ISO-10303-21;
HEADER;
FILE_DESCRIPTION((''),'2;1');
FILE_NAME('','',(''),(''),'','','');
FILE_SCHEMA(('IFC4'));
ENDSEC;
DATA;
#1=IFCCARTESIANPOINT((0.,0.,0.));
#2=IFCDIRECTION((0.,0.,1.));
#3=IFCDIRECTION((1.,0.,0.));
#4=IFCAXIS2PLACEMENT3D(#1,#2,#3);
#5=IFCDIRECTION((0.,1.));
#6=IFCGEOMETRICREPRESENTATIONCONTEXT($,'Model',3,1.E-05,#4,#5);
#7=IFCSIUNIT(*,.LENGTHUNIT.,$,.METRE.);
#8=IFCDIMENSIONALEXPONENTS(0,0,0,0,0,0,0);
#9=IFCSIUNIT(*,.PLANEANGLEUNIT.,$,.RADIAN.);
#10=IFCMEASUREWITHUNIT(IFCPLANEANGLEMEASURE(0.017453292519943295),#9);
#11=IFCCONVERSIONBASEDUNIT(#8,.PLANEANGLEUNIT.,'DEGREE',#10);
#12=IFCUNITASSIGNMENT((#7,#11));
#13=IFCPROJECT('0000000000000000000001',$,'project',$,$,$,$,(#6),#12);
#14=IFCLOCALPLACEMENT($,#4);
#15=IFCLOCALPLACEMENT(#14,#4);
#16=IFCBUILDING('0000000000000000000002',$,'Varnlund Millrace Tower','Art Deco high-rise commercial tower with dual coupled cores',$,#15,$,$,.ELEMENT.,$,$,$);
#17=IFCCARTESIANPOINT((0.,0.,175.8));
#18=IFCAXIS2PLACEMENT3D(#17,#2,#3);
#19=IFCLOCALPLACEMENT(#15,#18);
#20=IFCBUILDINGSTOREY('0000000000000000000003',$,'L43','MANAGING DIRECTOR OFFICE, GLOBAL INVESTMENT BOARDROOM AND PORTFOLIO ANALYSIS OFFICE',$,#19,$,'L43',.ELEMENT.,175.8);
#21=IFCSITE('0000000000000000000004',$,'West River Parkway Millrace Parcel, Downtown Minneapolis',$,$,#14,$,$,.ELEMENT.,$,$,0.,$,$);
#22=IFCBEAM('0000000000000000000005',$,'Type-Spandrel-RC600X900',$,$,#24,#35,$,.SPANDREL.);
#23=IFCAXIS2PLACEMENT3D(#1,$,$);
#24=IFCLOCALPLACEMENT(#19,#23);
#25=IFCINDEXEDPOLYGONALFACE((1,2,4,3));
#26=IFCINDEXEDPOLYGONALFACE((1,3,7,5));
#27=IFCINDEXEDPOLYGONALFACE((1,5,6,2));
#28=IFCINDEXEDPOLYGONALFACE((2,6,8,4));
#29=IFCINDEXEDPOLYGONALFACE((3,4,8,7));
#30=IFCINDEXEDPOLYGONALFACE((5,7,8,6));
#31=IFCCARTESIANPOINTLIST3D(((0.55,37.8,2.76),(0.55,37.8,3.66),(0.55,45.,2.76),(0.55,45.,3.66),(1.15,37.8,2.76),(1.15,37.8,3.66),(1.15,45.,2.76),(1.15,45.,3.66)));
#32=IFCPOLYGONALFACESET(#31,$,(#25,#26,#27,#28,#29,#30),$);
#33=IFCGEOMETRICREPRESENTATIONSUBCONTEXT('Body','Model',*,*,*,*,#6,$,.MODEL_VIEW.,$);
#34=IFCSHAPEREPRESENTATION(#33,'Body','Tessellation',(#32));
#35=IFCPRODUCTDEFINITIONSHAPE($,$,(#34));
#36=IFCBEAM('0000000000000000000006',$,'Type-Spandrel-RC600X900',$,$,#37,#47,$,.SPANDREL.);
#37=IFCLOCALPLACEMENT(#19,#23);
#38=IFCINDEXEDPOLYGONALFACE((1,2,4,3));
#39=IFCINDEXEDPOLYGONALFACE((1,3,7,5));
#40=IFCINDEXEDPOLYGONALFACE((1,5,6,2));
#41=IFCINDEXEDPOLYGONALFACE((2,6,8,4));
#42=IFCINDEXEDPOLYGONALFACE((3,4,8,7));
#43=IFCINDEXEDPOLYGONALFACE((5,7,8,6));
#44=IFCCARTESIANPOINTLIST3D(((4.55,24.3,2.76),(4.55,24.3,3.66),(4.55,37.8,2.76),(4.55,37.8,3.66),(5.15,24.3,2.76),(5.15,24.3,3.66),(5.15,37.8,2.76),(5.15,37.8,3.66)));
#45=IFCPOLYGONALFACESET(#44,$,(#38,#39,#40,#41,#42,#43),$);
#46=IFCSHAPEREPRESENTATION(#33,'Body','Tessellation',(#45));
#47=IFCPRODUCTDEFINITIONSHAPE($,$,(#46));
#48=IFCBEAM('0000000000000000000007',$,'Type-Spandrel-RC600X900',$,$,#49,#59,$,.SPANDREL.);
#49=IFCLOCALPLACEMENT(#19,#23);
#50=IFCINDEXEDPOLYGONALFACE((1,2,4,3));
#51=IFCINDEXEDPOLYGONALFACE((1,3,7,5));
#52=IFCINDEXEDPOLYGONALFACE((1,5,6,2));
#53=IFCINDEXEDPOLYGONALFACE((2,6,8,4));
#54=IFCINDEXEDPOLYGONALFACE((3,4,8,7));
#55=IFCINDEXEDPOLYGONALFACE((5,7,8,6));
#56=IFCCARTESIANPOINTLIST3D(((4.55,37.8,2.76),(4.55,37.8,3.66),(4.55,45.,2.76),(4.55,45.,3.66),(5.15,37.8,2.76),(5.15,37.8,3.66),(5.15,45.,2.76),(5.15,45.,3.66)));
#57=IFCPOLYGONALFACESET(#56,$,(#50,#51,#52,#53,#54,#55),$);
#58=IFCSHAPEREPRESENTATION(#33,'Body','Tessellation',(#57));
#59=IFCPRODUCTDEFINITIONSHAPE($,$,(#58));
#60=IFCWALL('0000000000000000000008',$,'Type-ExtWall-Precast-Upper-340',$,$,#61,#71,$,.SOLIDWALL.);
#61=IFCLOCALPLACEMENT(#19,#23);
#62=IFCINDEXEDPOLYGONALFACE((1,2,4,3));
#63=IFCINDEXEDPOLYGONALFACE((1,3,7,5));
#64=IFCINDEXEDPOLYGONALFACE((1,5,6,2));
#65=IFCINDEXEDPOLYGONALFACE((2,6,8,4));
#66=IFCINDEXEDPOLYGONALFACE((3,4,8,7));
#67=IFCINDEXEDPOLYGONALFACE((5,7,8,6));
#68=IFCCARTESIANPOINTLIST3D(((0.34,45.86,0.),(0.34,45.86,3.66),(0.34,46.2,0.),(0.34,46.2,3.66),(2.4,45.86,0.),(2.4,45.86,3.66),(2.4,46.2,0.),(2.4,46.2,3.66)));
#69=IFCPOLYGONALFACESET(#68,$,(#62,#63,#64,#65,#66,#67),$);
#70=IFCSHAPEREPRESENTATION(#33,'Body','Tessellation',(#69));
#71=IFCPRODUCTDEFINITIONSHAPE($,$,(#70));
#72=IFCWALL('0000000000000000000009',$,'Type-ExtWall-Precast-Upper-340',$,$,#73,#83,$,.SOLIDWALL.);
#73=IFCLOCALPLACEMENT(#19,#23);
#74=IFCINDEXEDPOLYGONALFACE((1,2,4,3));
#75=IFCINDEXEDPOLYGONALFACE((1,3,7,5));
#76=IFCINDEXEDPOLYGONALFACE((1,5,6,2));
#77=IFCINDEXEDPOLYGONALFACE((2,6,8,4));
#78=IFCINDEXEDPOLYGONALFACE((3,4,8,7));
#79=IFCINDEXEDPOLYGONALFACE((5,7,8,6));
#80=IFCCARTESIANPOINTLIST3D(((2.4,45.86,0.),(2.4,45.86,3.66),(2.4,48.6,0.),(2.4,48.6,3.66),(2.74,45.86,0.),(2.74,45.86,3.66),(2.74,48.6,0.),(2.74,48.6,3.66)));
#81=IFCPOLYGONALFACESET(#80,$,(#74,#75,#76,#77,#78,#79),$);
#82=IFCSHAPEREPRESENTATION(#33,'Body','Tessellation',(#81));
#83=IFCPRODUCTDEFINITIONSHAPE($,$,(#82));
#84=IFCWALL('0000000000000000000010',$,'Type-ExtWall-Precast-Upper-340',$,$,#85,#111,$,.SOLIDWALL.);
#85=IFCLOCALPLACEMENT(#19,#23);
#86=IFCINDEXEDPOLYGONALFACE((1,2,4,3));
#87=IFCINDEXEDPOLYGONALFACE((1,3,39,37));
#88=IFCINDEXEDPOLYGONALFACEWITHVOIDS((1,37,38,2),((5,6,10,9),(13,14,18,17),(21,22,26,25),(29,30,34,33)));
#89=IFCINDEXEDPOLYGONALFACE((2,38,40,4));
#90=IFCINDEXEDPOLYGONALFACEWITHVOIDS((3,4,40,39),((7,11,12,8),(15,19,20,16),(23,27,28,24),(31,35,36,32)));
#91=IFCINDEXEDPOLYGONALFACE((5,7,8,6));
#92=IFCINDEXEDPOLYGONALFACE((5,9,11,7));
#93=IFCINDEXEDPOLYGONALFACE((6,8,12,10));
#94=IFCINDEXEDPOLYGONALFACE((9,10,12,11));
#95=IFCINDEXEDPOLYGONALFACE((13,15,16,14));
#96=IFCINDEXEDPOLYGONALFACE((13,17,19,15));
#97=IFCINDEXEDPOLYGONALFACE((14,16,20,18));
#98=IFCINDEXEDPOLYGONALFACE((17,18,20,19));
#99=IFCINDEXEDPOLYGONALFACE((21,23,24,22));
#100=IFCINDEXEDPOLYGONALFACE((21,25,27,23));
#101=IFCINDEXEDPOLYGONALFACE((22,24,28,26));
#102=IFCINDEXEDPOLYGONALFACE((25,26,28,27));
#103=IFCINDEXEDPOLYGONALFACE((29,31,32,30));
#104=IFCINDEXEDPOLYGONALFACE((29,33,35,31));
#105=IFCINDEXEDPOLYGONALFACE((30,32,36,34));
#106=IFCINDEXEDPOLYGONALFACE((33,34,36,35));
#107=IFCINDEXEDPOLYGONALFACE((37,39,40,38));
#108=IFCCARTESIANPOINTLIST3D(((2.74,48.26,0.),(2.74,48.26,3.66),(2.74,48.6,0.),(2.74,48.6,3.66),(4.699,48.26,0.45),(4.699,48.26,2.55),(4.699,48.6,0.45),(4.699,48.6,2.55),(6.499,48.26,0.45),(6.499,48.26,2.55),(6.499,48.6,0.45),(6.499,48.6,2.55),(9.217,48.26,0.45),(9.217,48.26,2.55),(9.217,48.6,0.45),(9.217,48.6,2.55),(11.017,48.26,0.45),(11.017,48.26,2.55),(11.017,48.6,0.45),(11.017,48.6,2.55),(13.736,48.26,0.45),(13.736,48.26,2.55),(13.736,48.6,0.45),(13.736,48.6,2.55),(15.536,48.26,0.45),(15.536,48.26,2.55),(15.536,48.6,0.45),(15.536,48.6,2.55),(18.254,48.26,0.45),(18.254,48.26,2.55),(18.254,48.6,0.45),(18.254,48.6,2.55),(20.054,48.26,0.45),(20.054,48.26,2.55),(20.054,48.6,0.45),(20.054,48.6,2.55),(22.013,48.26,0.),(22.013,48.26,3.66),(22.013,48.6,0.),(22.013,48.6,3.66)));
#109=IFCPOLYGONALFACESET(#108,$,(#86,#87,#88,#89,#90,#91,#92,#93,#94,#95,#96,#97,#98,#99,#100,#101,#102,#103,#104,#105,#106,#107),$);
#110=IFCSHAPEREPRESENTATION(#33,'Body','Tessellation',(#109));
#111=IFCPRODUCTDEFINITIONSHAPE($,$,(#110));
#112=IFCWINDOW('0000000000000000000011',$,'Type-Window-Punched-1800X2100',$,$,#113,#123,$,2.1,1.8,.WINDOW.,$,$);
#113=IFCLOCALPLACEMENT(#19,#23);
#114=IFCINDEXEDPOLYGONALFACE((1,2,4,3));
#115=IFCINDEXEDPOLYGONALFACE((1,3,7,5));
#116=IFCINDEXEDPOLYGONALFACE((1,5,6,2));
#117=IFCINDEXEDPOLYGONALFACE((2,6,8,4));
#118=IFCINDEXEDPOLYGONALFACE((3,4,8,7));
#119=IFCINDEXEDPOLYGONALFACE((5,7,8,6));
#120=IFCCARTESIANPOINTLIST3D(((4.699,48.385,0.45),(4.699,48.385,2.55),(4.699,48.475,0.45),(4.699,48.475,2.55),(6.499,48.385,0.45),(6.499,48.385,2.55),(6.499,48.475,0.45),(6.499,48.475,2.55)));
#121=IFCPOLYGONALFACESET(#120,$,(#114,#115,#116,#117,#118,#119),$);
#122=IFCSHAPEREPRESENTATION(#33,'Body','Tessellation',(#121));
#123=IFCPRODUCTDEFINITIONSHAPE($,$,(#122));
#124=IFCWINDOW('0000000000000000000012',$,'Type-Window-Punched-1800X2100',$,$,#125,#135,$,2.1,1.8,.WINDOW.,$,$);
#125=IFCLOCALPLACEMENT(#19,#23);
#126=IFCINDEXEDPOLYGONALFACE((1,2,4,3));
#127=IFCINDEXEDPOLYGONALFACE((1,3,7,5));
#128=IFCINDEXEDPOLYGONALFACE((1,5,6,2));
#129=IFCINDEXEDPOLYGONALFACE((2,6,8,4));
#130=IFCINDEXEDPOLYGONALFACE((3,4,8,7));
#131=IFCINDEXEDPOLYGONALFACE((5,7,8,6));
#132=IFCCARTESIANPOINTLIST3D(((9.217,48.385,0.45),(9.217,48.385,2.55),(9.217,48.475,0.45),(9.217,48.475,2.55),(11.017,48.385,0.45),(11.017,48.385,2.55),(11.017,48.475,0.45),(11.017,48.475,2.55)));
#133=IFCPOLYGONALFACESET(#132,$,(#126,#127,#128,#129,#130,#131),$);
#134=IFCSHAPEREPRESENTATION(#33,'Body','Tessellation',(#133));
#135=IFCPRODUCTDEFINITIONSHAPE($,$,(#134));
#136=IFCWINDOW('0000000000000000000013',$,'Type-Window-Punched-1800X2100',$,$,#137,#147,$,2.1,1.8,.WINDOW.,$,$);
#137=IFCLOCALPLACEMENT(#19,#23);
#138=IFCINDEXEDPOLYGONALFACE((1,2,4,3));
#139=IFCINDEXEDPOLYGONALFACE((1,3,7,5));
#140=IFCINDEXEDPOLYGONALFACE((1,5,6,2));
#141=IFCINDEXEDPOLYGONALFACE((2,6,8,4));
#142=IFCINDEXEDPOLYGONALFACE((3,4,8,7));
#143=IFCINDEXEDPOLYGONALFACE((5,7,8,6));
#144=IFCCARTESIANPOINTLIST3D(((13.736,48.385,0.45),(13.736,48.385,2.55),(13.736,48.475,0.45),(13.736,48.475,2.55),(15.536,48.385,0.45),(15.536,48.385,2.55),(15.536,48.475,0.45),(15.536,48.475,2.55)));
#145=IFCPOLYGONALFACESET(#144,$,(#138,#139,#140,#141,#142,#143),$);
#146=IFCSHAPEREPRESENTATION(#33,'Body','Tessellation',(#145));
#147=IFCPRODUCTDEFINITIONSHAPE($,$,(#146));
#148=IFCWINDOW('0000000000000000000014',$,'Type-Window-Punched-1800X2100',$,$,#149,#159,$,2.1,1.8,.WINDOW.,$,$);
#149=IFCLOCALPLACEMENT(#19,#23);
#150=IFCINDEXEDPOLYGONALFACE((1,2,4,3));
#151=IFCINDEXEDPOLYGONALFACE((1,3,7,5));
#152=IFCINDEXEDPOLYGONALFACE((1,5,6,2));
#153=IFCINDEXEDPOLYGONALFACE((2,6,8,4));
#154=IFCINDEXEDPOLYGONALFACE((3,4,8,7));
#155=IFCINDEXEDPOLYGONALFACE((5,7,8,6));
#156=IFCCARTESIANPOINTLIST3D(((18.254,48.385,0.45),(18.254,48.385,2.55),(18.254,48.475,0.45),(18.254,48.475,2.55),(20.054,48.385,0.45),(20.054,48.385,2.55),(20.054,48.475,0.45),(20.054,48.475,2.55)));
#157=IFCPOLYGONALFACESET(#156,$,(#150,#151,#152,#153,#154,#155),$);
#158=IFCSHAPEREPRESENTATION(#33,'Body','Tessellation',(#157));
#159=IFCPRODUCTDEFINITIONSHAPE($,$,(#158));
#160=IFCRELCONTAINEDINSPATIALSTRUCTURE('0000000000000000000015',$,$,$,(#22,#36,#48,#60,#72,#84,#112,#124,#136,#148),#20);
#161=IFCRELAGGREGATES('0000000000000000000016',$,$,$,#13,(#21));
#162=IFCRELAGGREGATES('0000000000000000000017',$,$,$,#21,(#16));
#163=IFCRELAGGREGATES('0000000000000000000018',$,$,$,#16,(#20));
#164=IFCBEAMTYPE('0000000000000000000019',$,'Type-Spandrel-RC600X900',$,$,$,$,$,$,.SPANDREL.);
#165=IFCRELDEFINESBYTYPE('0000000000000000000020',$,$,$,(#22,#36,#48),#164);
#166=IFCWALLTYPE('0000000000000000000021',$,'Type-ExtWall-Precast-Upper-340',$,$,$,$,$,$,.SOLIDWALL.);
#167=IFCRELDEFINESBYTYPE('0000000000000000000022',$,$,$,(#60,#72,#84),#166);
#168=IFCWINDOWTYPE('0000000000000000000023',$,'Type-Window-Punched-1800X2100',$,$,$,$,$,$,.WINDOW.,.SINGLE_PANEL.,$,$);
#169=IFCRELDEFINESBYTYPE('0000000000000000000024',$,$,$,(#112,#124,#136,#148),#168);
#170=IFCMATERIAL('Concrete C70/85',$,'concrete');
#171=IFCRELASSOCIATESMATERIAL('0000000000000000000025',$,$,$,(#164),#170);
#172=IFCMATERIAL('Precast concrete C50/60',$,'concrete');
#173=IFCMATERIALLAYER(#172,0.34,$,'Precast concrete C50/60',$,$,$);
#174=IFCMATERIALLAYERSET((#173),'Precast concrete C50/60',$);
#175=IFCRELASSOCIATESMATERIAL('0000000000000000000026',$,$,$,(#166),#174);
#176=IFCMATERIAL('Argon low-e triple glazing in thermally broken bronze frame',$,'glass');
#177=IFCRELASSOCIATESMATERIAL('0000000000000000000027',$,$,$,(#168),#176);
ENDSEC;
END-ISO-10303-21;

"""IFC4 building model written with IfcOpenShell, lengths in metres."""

from ifc_helpers import new_model, entity, si_unit, converted_unit, direction, frame, origin_with_axes, origin_2d_with_axis, place, context, subcontext, project, spatial, polyline, rectangle, outline, extrude, material, layer, layer_set, material_profile, profile_set, type_object, element, fill, save


model = new_model("IFC4")

# Units and contexts
model_context = context("Model", 3, precision=1e-05, world=origin_with_axes(), true_north=direction((0.0, 1.0)))
body_context = subcontext(model_context, "Body", "Model", "MODEL_VIEW")
ifc_project = project(units=[si_unit("LENGTHUNIT", "METRE"), converted_unit("PLANEANGLEUNIT", "DEGREE", entity("IfcPlaneAngleMeasure", 0.017453292519943295), si_unit("PLANEANGLEUNIT", "RADIAN"), dimensions=[0, 0, 0, 0, 0, 0, 0])], contexts=[model_context])

# Site, building, storey
site_placement = place(None, origin_with_axes())
site = spatial("IfcSite", under=ifc_project, at=site_placement, Name="West River Parkway Millrace Parcel, Downtown Minneapolis", CompositionType="ELEMENT", RefElevation=0.0)
building_placement = place(site_placement, origin_with_axes())
building = spatial("IfcBuilding", under=site, at=building_placement, Name="Varnlund Millrace Tower", Description="Art Deco high-rise commercial tower with dual coupled cores", CompositionType="ELEMENT")
storey_placement = place(building_placement, frame((0.0, 0.0, 175.8), z_axis=(0.0, 0.0, 1.0), x_axis=(1.0, 0.0, 0.0)))
storey = spatial("IfcBuildingStorey", under=building, at=storey_placement, Name="L43", Description="MANAGING DIRECTOR OFFICE, GLOBAL INVESTMENT BOARDROOM AND PORTFOLIO ANALYSIS OFFICE", LongName="L43", CompositionType="ELEMENT", Elevation=175.8)

# Beams
ifc_material_1 = material(Name="Concrete C70/85", Category="concrete")
ifc_material_profile_1 = material_profile(ifc_material_1, rectangle(XDim=0.6, YDim=0.9, at=origin_2d_with_axis()), Name="Concrete C70/85")
ifc_profile_set_1 = profile_set([ifc_material_profile_1], Name="Concrete C70/85")
beam_type_1 = type_object("IfcBeamType", Name="Type-Spandrel-RC600X900", PredefinedType="SPANDREL", material=ifc_profile_set_1)
beam_1_placement = place(storey_placement, frame((0.85, 37.8, 3.21), z_axis=(0.0, 1.0, 0.0), x_axis=(-1.0, 0.0, 0.0)))
element("IfcBeam", 1, at=beam_1_placement, inside=storey, type_object=beam_type_1, Name="Type-Spandrel-RC600X900", PredefinedType="SPANDREL", context=body_context, shape_type="SweptSolid", body=[
    extrude(rectangle(XDim=0.6, YDim=0.9, at=origin_2d_with_axis()), origin_with_axes(), (0.0, 0.0, 1.0), 7.2),
])
beam_2_placement = place(storey_placement, frame((4.85, 24.3, 3.21), z_axis=(0.0, 1.0, 0.0), x_axis=(-1.0, 0.0, 0.0)))
element("IfcBeam", 2, at=beam_2_placement, inside=storey, type_object=beam_type_1, Name="Type-Spandrel-RC600X900", PredefinedType="SPANDREL", context=body_context, shape_type="SweptSolid", body=[
    extrude(rectangle(XDim=0.6, YDim=0.9, at=origin_2d_with_axis()), origin_with_axes(), (0.0, 0.0, 1.0), 13.5),
])
beam_3_placement = place(storey_placement, frame((4.85, 37.8, 3.21), z_axis=(0.0, 1.0, 0.0), x_axis=(-1.0, 0.0, 0.0)))
element("IfcBeam", 3, at=beam_3_placement, inside=storey, type_object=beam_type_1, Name="Type-Spandrel-RC600X900", PredefinedType="SPANDREL", context=body_context, shape_type="SweptSolid", body=[
    extrude(rectangle(XDim=0.6, YDim=0.9, at=origin_2d_with_axis()), origin_with_axes(), (0.0, 0.0, 1.0), 7.2),
])

# Walls
ifc_material_2 = material(Name="Precast concrete C50/60", Category="concrete")
ifc_layer = layer(ifc_material_2, 0.34, Name="Precast concrete C50/60")
ifc_layer_set = layer_set([ifc_layer], Name="Precast concrete C50/60")
wall_type = type_object("IfcWallType", Name="Type-ExtWall-Precast-Upper-340", PredefinedType="SOLIDWALL", material=ifc_layer_set)
wall_1_placement = place(storey_placement, frame((0.34, 46.03, 0.0), z_axis=(0.0, 0.0, 1.0), x_axis=(1.0, 0.0, 0.0)))
element("IfcWall", 4, at=wall_1_placement, inside=storey, type_object=wall_type, Name="Type-ExtWall-Precast-Upper-340", PredefinedType="SOLIDWALL", context=body_context, shape_type="SweptSolid", body=[
    extrude(outline(polyline([(0.0, -0.17), (2.06, -0.17), (2.06, 0.17), (0.0, 0.17), (0.0, -0.17)])), origin_with_axes(), (0.0, 0.0, 1.0), 3.66),
])
wall_2_placement = place(storey_placement, frame((2.57, 45.86, 0.0), z_axis=(0.0, 0.0, 1.0), x_axis=(0.0, 1.0, 0.0)))
element("IfcWall", 5, at=wall_2_placement, inside=storey, type_object=wall_type, Name="Type-ExtWall-Precast-Upper-340", PredefinedType="SOLIDWALL", context=body_context, shape_type="SweptSolid", body=[
    extrude(outline(polyline([(0.0, -0.17), (2.74, -0.17), (2.74, 0.17), (0.0, 0.17), (0.0, -0.17)])), origin_with_axes(), (0.0, 0.0, 1.0), 3.66),
])

# Wall, openings, windows
wall_3_placement = place(storey_placement, frame((2.74, 48.43, 0.0), z_axis=(0.0, 0.0, 1.0), x_axis=(1.0, 0.0, 0.0)))
wall_3 = element("IfcWall", 6, at=wall_3_placement, inside=storey, type_object=wall_type, Name="Type-ExtWall-Precast-Upper-340", PredefinedType="SOLIDWALL", context=body_context, shape_type="SweptSolid", body=[
    extrude(outline(polyline([(0.0, -0.17), (19.273, -0.17), (19.273, 0.17), (0.0, 0.17), (0.0, -0.17)])), origin_with_axes(), (0.0, 0.0, 1.0), 3.66),
])
opening_1_placement = place(wall_3_placement, frame((2.859, 0.0, 0.45), z_axis=(0.0, 0.0, 1.0), x_axis=(1.0, 0.0, 0.0)))
opening_1 = element("IfcOpeningElement", 7, at=opening_1_placement, cuts=wall_3, PredefinedType="OPENING", context=body_context, shape_type="SweptSolid", body=[
    extrude(rectangle(XDim=1.8, YDim=0.36, at=origin_2d_with_axis()), origin_with_axes(), (0.0, 0.0, 1.0), 2.1),
])
opening_2_placement = place(wall_3_placement, frame((7.377, 0.0, 0.45), z_axis=(0.0, 0.0, 1.0), x_axis=(1.0, 0.0, 0.0)))
opening_2 = element("IfcOpeningElement", 8, at=opening_2_placement, cuts=wall_3, PredefinedType="OPENING", context=body_context, shape_type="SweptSolid", body=[
    extrude(rectangle(XDim=1.8, YDim=0.36, at=origin_2d_with_axis()), origin_with_axes(), (0.0, 0.0, 1.0), 2.1),
])
opening_3_placement = place(wall_3_placement, frame((11.896, 0.0, 0.45), z_axis=(0.0, 0.0, 1.0), x_axis=(1.0, 0.0, 0.0)))
opening_3 = element("IfcOpeningElement", 9, at=opening_3_placement, cuts=wall_3, PredefinedType="OPENING", context=body_context, shape_type="SweptSolid", body=[
    extrude(rectangle(XDim=1.8, YDim=0.36, at=origin_2d_with_axis()), origin_with_axes(), (0.0, 0.0, 1.0), 2.1),
])
opening_4_placement = place(wall_3_placement, frame((16.414, 0.0, 0.45), z_axis=(0.0, 0.0, 1.0), x_axis=(1.0, 0.0, 0.0)))
opening_4 = element("IfcOpeningElement", 10, at=opening_4_placement, cuts=wall_3, PredefinedType="OPENING", context=body_context, shape_type="SweptSolid", body=[
    extrude(rectangle(XDim=1.8, YDim=0.36, at=origin_2d_with_axis()), origin_with_axes(), (0.0, 0.0, 1.0), 2.1),
])
ifc_material_3 = material(Name="Argon low-e triple glazing in thermally broken bronze frame", Category="glass")
window_type = type_object("IfcWindowType", Name="Type-Window-Punched-1800X2100", PartitioningType="SINGLE_PANEL", PredefinedType="WINDOW", material=ifc_material_3)
window_1_placement = place(wall_3_placement, frame((2.859, 0.0, 0.45), z_axis=(0.0, 0.0, 1.0), x_axis=(1.0, 0.0, 0.0)))
window_1 = element("IfcWindow", 11, at=window_1_placement, inside=storey, type_object=window_type, Name="Type-Window-Punched-1800X2100", OverallHeight=2.1, OverallWidth=1.8, PredefinedType="WINDOW", context=body_context, shape_type="SweptSolid", body=[
    extrude(rectangle(XDim=1.8, YDim=0.09, at=origin_2d_with_axis()), origin_with_axes(), (0.0, 0.0, 1.0), 2.1),
])
fill(opening_1, window_1)
window_2_placement = place(wall_3_placement, frame((7.377, 0.0, 0.45), z_axis=(0.0, 0.0, 1.0), x_axis=(1.0, 0.0, 0.0)))
window_2 = element("IfcWindow", 12, at=window_2_placement, inside=storey, type_object=window_type, Name="Type-Window-Punched-1800X2100", OverallHeight=2.1, OverallWidth=1.8, PredefinedType="WINDOW", context=body_context, shape_type="SweptSolid", body=[
    extrude(rectangle(XDim=1.8, YDim=0.09, at=origin_2d_with_axis()), origin_with_axes(), (0.0, 0.0, 1.0), 2.1),
])
fill(opening_2, window_2)
window_3_placement = place(wall_3_placement, frame((11.896, 0.0, 0.45), z_axis=(0.0, 0.0, 1.0), x_axis=(1.0, 0.0, 0.0)))
window_3 = element("IfcWindow", 13, at=window_3_placement, inside=storey, type_object=window_type, Name="Type-Window-Punched-1800X2100", OverallHeight=2.1, OverallWidth=1.8, PredefinedType="WINDOW", context=body_context, shape_type="SweptSolid", body=[
    extrude(rectangle(XDim=1.8, YDim=0.09, at=origin_2d_with_axis()), origin_with_axes(), (0.0, 0.0, 1.0), 2.1),
])
fill(opening_3, window_3)
window_4_placement = place(wall_3_placement, frame((16.414, 0.0, 0.45), z_axis=(0.0, 0.0, 1.0), x_axis=(1.0, 0.0, 0.0)))
window_4 = element("IfcWindow", 14, at=window_4_placement, inside=storey, type_object=window_type, Name="Type-Window-Punched-1800X2100", OverallHeight=2.1, OverallWidth=1.8, PredefinedType="WINDOW", context=body_context, shape_type="SweptSolid", body=[
    extrude(rectangle(XDim=1.8, YDim=0.09, at=origin_2d_with_axis()), origin_with_axes(), (0.0, 0.0, 1.0), 2.1),
])
fill(opening_4, window_4)

save(model, "model.ifc")
